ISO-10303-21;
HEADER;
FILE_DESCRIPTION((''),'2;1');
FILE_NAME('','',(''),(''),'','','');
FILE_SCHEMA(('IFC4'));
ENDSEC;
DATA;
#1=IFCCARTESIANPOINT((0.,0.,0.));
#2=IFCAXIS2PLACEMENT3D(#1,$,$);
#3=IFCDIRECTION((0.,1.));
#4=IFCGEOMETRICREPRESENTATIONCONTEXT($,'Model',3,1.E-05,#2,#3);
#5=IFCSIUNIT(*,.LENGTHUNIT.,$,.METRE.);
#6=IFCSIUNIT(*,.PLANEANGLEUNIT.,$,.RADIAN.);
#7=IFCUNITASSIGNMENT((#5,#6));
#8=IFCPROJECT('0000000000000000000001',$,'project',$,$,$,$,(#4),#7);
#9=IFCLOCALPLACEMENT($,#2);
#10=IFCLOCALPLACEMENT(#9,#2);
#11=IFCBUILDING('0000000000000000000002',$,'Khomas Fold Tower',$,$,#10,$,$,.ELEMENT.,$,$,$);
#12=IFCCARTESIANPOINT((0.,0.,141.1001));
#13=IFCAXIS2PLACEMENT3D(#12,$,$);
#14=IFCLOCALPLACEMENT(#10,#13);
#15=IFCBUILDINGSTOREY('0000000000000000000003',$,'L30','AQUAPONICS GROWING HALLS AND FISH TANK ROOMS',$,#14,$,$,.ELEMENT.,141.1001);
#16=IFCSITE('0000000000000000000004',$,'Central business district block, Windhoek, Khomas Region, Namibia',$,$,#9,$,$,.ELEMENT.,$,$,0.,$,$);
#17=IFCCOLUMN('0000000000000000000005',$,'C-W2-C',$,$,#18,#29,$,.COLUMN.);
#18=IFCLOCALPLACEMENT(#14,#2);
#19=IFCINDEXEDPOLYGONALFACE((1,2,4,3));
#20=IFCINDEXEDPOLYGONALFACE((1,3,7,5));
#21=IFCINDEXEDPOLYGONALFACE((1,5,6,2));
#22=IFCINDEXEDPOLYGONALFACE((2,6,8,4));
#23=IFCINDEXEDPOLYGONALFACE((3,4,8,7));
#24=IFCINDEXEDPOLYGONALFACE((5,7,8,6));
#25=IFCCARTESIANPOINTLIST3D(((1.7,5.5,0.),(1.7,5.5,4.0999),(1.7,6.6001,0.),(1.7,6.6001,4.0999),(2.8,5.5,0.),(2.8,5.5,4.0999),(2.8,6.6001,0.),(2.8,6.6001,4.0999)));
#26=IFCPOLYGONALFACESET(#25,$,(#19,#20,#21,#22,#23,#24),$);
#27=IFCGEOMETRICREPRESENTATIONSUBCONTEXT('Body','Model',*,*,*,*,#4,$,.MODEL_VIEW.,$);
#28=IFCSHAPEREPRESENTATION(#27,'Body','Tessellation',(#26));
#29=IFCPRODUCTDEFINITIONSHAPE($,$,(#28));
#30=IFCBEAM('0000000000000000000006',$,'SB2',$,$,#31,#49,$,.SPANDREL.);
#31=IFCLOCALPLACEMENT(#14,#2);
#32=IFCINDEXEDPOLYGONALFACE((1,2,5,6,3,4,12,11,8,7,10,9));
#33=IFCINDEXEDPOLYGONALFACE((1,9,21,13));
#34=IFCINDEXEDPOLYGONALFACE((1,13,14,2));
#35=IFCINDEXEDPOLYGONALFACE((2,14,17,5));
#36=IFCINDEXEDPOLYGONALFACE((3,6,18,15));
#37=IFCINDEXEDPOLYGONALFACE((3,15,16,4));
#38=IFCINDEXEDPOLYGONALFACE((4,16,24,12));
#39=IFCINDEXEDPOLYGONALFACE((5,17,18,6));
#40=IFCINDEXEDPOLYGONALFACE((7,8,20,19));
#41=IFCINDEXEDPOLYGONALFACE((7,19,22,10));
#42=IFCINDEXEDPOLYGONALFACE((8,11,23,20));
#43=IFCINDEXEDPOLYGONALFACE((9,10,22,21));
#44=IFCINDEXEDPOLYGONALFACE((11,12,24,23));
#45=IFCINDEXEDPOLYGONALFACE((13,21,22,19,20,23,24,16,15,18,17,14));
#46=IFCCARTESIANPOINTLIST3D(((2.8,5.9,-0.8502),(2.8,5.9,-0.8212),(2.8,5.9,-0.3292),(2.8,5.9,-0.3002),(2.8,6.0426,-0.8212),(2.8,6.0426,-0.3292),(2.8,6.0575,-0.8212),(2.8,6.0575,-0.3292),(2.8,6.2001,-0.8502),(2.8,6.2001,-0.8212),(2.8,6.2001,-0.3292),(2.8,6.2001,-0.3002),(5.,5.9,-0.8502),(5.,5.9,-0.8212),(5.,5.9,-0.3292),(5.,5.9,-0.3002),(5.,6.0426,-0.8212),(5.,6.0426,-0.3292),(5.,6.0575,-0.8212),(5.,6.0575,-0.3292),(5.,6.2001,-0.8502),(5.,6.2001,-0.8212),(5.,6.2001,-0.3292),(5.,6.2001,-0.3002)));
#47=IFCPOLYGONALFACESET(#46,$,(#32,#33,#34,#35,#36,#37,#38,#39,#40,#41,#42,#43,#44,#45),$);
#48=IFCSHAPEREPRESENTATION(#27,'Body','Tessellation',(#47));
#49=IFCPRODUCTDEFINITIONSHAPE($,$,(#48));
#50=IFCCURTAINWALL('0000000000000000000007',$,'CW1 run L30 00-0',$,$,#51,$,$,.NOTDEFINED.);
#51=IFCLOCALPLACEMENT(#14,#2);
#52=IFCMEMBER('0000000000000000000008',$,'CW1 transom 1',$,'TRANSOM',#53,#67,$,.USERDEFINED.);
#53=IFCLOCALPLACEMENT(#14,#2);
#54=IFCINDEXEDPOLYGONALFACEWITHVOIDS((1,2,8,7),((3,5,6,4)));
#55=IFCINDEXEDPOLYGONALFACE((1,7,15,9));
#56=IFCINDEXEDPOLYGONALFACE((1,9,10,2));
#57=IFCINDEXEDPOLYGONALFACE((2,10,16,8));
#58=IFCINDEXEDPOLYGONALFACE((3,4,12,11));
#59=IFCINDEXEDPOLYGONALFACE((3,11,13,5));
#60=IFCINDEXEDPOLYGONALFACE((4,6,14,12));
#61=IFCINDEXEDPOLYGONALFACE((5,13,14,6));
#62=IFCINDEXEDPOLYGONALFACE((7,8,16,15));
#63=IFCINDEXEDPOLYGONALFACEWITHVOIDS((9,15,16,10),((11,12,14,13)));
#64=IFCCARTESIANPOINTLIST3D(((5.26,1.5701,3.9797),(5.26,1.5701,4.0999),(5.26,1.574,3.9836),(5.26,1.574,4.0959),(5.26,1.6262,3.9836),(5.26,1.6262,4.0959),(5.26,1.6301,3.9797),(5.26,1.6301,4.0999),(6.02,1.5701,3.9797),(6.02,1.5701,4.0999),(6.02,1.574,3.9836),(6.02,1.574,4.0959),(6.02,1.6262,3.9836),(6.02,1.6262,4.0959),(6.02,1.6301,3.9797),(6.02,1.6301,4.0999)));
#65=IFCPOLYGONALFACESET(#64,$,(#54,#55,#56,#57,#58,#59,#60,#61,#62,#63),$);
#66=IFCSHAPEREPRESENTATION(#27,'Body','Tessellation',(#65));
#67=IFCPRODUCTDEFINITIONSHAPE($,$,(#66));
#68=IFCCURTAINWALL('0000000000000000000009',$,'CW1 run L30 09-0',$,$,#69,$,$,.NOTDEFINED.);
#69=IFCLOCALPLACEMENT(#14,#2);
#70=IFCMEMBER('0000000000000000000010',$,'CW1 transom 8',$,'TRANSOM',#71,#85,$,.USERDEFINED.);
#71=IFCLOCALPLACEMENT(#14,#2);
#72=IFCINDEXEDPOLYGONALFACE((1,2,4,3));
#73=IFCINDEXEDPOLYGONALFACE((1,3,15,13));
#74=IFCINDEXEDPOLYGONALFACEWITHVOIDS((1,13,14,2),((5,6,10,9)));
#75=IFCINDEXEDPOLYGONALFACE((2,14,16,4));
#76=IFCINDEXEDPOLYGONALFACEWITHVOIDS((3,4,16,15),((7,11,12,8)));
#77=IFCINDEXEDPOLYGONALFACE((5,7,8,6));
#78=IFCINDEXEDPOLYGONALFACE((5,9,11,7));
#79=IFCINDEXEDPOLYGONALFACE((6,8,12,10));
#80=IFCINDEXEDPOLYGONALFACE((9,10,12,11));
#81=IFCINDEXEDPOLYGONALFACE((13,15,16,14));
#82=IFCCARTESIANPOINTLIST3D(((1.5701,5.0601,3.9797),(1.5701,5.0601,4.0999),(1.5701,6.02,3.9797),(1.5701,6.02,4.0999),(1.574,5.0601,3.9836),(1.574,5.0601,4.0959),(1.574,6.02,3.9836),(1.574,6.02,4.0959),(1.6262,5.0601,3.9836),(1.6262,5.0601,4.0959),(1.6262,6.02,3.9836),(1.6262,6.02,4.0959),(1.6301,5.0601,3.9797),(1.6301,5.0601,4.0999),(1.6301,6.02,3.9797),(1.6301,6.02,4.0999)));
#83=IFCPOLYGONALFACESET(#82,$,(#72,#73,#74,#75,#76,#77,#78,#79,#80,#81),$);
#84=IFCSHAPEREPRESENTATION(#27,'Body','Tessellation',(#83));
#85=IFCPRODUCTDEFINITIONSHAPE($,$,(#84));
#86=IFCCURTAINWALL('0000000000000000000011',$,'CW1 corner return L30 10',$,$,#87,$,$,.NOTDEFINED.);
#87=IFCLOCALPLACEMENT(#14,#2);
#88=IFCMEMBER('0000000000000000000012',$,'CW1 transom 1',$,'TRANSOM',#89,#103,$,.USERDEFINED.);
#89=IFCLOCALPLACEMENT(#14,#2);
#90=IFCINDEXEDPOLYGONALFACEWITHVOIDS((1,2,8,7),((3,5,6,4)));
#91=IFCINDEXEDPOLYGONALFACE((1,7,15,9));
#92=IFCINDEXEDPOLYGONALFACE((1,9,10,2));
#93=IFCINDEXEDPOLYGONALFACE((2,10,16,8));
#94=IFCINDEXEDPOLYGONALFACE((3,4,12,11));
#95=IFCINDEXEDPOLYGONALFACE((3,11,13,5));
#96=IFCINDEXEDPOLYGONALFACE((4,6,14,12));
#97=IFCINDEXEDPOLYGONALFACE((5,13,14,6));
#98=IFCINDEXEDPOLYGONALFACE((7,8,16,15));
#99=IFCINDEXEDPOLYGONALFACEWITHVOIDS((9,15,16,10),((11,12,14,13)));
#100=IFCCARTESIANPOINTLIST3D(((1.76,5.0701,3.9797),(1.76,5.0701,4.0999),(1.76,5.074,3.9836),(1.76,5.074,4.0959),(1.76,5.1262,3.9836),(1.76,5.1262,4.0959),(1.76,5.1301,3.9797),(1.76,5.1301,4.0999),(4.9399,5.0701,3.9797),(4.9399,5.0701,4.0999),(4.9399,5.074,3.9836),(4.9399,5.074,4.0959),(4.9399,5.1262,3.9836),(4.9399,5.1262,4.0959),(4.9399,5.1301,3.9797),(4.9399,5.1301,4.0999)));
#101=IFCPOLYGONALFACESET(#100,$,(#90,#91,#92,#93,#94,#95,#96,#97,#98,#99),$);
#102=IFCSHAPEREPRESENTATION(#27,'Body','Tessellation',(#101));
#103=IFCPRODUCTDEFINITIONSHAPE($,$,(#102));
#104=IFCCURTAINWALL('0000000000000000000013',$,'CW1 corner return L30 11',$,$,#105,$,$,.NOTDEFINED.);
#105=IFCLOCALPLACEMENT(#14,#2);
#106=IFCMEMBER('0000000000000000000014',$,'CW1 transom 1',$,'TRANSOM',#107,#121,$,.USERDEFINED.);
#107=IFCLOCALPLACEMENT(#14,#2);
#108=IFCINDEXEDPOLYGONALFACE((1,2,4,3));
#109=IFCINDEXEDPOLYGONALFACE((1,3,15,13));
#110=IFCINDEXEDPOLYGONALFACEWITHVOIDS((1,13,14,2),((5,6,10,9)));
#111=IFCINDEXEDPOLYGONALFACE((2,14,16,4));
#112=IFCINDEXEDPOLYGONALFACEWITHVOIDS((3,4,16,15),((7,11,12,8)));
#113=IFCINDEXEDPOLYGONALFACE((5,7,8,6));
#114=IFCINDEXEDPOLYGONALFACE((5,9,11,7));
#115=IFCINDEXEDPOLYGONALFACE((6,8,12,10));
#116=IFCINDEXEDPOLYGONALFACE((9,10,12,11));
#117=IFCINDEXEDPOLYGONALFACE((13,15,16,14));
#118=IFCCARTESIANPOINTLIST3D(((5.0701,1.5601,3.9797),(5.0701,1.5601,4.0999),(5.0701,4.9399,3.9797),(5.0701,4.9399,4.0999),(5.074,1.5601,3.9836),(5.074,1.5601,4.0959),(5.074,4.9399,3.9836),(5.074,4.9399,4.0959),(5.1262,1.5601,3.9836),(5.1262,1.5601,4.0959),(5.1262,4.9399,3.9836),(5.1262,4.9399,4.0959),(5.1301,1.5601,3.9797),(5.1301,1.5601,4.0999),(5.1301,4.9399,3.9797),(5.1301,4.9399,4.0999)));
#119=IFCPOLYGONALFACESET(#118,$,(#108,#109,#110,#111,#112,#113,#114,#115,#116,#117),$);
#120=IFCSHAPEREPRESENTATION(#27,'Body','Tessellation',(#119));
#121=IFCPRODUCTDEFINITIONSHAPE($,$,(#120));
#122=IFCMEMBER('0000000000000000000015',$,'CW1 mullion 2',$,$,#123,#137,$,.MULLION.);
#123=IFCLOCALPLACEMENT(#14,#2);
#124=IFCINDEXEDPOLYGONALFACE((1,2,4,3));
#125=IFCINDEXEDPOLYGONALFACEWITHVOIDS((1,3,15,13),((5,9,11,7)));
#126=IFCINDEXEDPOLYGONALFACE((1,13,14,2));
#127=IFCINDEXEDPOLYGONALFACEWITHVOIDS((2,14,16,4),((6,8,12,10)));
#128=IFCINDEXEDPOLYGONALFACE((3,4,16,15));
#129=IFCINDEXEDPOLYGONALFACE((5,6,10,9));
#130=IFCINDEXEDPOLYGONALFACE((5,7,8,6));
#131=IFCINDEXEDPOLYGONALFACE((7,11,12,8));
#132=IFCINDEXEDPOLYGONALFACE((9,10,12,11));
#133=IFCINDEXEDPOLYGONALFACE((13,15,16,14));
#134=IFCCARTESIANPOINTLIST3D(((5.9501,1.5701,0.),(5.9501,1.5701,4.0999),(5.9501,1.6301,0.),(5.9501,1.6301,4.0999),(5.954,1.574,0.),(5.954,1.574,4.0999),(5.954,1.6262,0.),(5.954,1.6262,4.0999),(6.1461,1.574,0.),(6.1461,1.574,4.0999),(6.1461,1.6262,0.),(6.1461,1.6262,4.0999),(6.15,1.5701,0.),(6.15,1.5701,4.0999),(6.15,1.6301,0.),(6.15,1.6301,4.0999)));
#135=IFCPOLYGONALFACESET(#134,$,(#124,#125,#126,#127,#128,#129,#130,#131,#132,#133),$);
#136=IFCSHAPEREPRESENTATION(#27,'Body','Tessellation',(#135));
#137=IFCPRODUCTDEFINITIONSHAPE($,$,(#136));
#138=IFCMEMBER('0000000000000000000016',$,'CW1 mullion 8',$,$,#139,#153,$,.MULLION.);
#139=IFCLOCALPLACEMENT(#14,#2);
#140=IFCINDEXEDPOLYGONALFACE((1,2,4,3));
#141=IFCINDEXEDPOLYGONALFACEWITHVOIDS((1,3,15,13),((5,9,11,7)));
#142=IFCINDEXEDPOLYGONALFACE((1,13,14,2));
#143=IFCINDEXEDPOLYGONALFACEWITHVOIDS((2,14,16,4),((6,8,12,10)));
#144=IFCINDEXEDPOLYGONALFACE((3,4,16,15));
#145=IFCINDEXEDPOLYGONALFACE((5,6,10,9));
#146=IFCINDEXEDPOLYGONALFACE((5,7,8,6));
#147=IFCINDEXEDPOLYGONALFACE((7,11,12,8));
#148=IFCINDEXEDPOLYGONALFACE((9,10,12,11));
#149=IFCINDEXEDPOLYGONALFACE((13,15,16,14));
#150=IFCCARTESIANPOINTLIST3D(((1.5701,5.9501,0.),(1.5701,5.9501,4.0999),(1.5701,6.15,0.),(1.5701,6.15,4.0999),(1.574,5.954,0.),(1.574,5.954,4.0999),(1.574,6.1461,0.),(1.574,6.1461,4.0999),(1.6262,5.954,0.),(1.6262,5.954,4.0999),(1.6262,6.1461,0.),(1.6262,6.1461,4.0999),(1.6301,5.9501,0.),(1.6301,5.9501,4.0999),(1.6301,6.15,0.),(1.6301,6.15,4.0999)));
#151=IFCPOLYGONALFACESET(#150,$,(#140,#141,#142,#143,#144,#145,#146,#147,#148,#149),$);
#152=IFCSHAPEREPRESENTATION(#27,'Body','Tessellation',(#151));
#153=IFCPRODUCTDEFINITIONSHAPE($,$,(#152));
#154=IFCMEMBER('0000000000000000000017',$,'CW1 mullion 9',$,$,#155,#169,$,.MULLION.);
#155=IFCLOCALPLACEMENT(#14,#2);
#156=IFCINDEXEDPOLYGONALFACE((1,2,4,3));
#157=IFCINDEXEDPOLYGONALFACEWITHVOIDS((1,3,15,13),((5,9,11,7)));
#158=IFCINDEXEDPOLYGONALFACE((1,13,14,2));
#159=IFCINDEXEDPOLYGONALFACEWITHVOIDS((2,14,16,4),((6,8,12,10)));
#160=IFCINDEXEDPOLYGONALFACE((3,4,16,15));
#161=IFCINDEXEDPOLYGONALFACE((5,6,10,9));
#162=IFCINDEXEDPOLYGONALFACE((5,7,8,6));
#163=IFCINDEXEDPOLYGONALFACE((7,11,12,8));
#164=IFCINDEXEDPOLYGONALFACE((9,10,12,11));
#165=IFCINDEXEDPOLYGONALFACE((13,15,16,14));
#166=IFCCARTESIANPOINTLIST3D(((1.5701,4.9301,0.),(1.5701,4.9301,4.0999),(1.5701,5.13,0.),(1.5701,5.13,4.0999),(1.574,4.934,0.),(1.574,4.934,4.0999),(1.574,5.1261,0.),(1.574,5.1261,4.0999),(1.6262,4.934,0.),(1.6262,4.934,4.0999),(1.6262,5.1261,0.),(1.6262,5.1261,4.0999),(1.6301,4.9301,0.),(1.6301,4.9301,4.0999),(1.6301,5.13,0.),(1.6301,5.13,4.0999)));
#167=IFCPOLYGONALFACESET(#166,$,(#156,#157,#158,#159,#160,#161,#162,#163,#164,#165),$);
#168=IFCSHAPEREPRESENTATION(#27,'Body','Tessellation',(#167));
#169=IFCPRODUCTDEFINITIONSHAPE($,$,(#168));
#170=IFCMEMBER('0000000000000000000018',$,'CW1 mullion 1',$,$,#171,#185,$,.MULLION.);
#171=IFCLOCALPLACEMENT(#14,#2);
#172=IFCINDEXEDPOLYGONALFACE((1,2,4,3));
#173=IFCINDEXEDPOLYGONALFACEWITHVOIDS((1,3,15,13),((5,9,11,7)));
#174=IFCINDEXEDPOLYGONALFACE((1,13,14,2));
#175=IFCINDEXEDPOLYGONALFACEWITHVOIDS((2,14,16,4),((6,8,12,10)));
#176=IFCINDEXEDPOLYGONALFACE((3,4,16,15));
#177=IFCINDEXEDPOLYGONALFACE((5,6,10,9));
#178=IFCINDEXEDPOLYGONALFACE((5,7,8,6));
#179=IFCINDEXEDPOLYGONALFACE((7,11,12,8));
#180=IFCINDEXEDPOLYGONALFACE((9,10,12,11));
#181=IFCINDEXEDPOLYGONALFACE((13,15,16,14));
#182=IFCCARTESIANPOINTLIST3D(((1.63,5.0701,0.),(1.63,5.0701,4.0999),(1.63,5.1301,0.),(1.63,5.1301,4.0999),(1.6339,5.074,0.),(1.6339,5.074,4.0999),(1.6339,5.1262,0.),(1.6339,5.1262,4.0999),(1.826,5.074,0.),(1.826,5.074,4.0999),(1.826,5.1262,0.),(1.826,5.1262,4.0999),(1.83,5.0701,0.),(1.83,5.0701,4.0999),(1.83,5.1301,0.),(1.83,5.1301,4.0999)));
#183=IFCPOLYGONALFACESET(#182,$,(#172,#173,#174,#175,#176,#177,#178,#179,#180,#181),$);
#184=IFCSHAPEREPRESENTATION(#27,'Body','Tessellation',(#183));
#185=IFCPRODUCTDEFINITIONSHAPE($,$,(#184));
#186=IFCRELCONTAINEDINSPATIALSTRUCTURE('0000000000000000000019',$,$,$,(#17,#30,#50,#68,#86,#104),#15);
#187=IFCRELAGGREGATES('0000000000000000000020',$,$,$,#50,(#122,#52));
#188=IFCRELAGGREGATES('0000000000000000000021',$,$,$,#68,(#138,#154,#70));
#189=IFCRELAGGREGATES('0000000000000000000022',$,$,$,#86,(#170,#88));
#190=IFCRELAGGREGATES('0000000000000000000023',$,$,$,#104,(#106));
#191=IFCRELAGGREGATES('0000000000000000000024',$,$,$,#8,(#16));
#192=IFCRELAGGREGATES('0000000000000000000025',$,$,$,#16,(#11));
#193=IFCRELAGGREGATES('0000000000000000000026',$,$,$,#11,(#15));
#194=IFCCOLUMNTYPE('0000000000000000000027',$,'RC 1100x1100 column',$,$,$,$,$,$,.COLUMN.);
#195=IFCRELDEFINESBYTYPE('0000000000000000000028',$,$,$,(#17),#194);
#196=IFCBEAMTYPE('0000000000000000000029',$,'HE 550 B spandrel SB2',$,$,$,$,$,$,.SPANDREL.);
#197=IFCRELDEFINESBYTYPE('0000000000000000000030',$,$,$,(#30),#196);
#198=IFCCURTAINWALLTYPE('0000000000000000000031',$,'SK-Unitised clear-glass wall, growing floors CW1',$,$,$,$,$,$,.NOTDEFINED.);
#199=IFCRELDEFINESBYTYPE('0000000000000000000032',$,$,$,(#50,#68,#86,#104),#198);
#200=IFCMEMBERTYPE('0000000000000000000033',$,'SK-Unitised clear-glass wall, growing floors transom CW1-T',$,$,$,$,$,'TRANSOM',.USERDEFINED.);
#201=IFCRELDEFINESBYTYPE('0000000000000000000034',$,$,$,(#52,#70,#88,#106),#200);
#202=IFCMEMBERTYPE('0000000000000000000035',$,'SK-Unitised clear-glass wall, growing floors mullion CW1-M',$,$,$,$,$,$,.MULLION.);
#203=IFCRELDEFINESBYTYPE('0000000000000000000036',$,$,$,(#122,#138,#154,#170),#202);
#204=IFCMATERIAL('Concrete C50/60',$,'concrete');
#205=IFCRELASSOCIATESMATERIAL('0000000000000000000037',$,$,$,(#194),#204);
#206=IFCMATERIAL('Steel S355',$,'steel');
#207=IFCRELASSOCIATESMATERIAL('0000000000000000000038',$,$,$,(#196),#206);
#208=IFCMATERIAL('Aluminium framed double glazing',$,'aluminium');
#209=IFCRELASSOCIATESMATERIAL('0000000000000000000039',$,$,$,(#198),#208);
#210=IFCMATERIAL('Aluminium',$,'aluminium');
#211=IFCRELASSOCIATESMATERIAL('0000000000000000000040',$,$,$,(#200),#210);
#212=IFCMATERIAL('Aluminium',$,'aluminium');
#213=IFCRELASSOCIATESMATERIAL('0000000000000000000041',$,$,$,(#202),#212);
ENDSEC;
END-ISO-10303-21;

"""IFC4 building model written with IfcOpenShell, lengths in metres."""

from ifc_helpers import new_model, si_unit, direction, frame, origin, origin_2d, place, context, subcontext, project, spatial, rectangle, hollow_rectangle, i_section, extrude, source, transform, mapped, material, material_profile, profile_set, type_object, element, aggregate, save


model = new_model("IFC4")

# Units and contexts
model_context = context("Model", 3, precision=1e-05, world=origin(), true_north=direction((0.0, 1.0)))
body_context = subcontext(model_context, "Body", "Model", "MODEL_VIEW")
ifc_project = project(units=[si_unit("LENGTHUNIT", "METRE"), si_unit("PLANEANGLEUNIT", "RADIAN")], contexts=[model_context])

# Site, building, storey
site_placement = place(None, origin())
site = spatial("IfcSite", under=ifc_project, at=site_placement, Name="Central business district block, Windhoek, Khomas Region, Namibia", CompositionType="ELEMENT", RefElevation=0.0)
building_placement = place(site_placement, origin())
building = spatial("IfcBuilding", under=site, at=building_placement, Name="Khomas Fold Tower", CompositionType="ELEMENT")
storey_placement = place(building_placement, frame((0.0, 0.0, 141.1001)))
storey = spatial("IfcBuildingStorey", under=building, at=storey_placement, Name="L30", Description="AQUAPONICS GROWING HALLS AND FISH TANK ROOMS", CompositionType="ELEMENT", Elevation=141.1001)

# Column
ifc_material_1 = material(Name="Concrete C50/60", Category="concrete")
ifc_material_profile_1 = material_profile(ifc_material_1, rectangle(XDim=1.1001, YDim=1.1001, at=origin_2d()), Name="RC 1100x1100")
ifc_profile_set_1 = profile_set([ifc_material_profile_1], Name="Concrete C50/60")
column_type = type_object("IfcColumnType", Name="RC 1100x1100 column", PredefinedType="COLUMN", material=ifc_profile_set_1)
shared_shape_1 = source(origin(), body_context, "Body", "SweptSolid", [
    extrude(rectangle(XDim=1.1001, YDim=1.1001, at=origin_2d()), origin(), (0.0, 0.0, 1.0), 4.0999),
])
column_placement = place(storey_placement, frame((2.25, 6.05, 0.0), z_axis=(0.0, 0.0, 1.0), x_axis=(1.0, 0.0, 0.0)))
element("IfcColumn", 1, at=column_placement, inside=storey, type_object=column_type, Name="C-W2-C", PredefinedType="COLUMN", context=body_context, shape_type="MappedRepresentation", body=[
    mapped(shared_shape_1, transform((0.0, 0.0, 0.0))),
])

# Beam
ifc_material_2 = material(Name="Steel S355", Category="steel")
ifc_material_profile_2 = material_profile(ifc_material_2, i_section(OverallWidth=0.3, OverallDepth=0.55, WebThickness=0.0149, FlangeThickness=0.0291, at=origin_2d()), Name="HE 550 B")
ifc_profile_set_2 = profile_set([ifc_material_profile_2], Name="Steel S355")
beam_type = type_object("IfcBeamType", Name="HE 550 B spandrel SB2", PredefinedType="SPANDREL", material=ifc_profile_set_2)
shared_shape_2 = source(origin(), body_context, "Body", "SweptSolid", [
    extrude(i_section(OverallWidth=0.3, OverallDepth=0.55, WebThickness=0.0149, FlangeThickness=0.0291, at=origin_2d()), origin(), (0.0, 0.0, 1.0), 2.2),
])
beam_placement = place(storey_placement, frame((2.8, 6.05, -0.5752), z_axis=(1.0, 0.0, 0.0), x_axis=(0.0, 1.0, 0.0)))
element("IfcBeam", 2, at=beam_placement, inside=storey, type_object=beam_type, Name="SB2", PredefinedType="SPANDREL", context=body_context, shape_type="MappedRepresentation", body=[
    mapped(shared_shape_2, transform((0.0, 0.0, 0.0))),
])

# Curtain walls, members
ifc_material_3 = material(Name="Aluminium framed double glazing", Category="aluminium")
curtain_wall_type = type_object("IfcCurtainWallType", Name="SK-Unitised clear-glass wall, growing floors CW1", PredefinedType="NOTDEFINED", material=ifc_material_3)
curtain_wall_1_placement = place(storey_placement, origin())
curtain_wall_1 = element("IfcCurtainWall", 3, at=curtain_wall_1_placement, inside=storey, type_object=curtain_wall_type, Name="CW1 run L30 00-0", PredefinedType="NOTDEFINED")
ifc_material_4 = material(Name="Aluminium", Category="aluminium")
ifc_material_profile_3 = material_profile(ifc_material_4, hollow_rectangle(XDim=0.0601, YDim=0.1201, WallThickness=0.0039, at=origin_2d()), Name="SK-Unitised clear-glass wall, growing floors transom CW1-T")
ifc_profile_set_3 = profile_set([ifc_material_profile_3], Name="Aluminium")
member_type_1 = type_object("IfcMemberType", Name="SK-Unitised clear-glass wall, growing floors transom CW1-T", ElementType="TRANSOM", PredefinedType="USERDEFINED", material=ifc_profile_set_3)
shared_shape_3 = source(origin(), body_context, "Body", "SweptSolid", [
    extrude(hollow_rectangle(XDim=0.0601, YDim=0.1201, WallThickness=0.0039, at=origin_2d()), origin(), (0.0, 0.0, 1.0), 0.76),
])
member_1_placement = place(storey_placement, frame((5.26, 1.6001, 4.0398), z_axis=(1.0, 0.0, 0.0), x_axis=(0.0, 1.0, 0.0)))
member_1 = element("IfcMember", 4, at=member_1_placement, type_object=member_type_1, Name="CW1 transom 1", ObjectType="TRANSOM", PredefinedType="USERDEFINED", context=body_context, shape_type="MappedRepresentation", body=[
    mapped(shared_shape_3, transform((0.0, 0.0, 0.0))),
])
curtain_wall_2_placement = place(storey_placement, origin())
curtain_wall_2 = element("IfcCurtainWall", 5, at=curtain_wall_2_placement, inside=storey, type_object=curtain_wall_type, Name="CW1 run L30 09-0", PredefinedType="NOTDEFINED")
shared_shape_4 = source(origin(), body_context, "Body", "SweptSolid", [
    extrude(hollow_rectangle(XDim=0.0601, YDim=0.1201, WallThickness=0.0039, at=origin_2d()), origin(), (0.0, 0.0, 1.0), 0.96),
])
member_2_placement = place(storey_placement, frame((1.6001, 6.02, 4.0398), z_axis=(0.0, -1.0, 0.0), x_axis=(1.0, 0.0, 0.0)))
member_2 = element("IfcMember", 6, at=member_2_placement, type_object=member_type_1, Name="CW1 transom 8", ObjectType="TRANSOM", PredefinedType="USERDEFINED", context=body_context, shape_type="MappedRepresentation", body=[
    mapped(shared_shape_4, transform((0.0, 0.0, 0.0))),
])
curtain_wall_3_placement = place(storey_placement, origin())
curtain_wall_3 = element("IfcCurtainWall", 7, at=curtain_wall_3_placement, inside=storey, type_object=curtain_wall_type, Name="CW1 corner return L30 10", PredefinedType="NOTDEFINED")
shared_shape_5 = source(origin(), body_context, "Body", "SweptSolid", [
    extrude(hollow_rectangle(XDim=0.0601, YDim=0.1201, WallThickness=0.0039, at=origin_2d()), origin(), (0.0, 0.0, 1.0), 3.1799),
])
member_3_placement = place(storey_placement, frame((1.76, 5.1001, 4.0398), z_axis=(1.0, 0.0, 0.0), x_axis=(0.0, 1.0, 0.0)))
member_3 = element("IfcMember", 8, at=member_3_placement, type_object=member_type_1, Name="CW1 transom 1", ObjectType="TRANSOM", PredefinedType="USERDEFINED", context=body_context, shape_type="MappedRepresentation", body=[
    mapped(shared_shape_5, transform((0.0, 0.0, 0.0))),
])
curtain_wall_4_placement = place(storey_placement, origin())
curtain_wall_4 = element("IfcCurtainWall", 9, at=curtain_wall_4_placement, inside=storey, type_object=curtain_wall_type, Name="CW1 corner return L30 11", PredefinedType="NOTDEFINED")
shared_shape_6 = source(origin(), body_context, "Body", "SweptSolid", [
    extrude(hollow_rectangle(XDim=0.0601, YDim=0.1201, WallThickness=0.0039, at=origin_2d()), origin(), (0.0, 0.0, 1.0), 3.3799),
])
member_4_placement = place(storey_placement, frame((5.1001, 4.9399, 4.0398), z_axis=(0.0, -1.0, 0.0), x_axis=(1.0, 0.0, 0.0)))
member_4 = element("IfcMember", 10, at=member_4_placement, type_object=member_type_1, Name="CW1 transom 1", ObjectType="TRANSOM", PredefinedType="USERDEFINED", context=body_context, shape_type="MappedRepresentation", body=[
    mapped(shared_shape_6, transform((0.0, 0.0, 0.0))),
])

# Members
ifc_material_5 = material(Name="Aluminium", Category="aluminium")
ifc_material_profile_4 = material_profile(ifc_material_5, hollow_rectangle(XDim=0.0601, YDim=0.2, WallThickness=0.0039, at=origin_2d()), Name="SK-Unitised clear-glass wall, growing floors mullion CW1-M")
ifc_profile_set_4 = profile_set([ifc_material_profile_4], Name="Aluminium")
member_type_2 = type_object("IfcMemberType", Name="SK-Unitised clear-glass wall, growing floors mullion CW1-M", PredefinedType="MULLION", material=ifc_profile_set_4)
shared_shape_7 = source(origin(), body_context, "Body", "SweptSolid", [
    extrude(hollow_rectangle(XDim=0.0601, YDim=0.2, WallThickness=0.0039, at=origin_2d()), origin(), (0.0, 0.0, 1.0), 4.0999),
])
member_5_placement = place(storey_placement, frame((6.05, 1.6001, 0.0), z_axis=(0.0, 0.0, 1.0), x_axis=(0.0, 1.0, 0.0)))
member_5 = element("IfcMember", 11, at=member_5_placement, type_object=member_type_2, Name="CW1 mullion 2", PredefinedType="MULLION", context=body_context, shape_type="MappedRepresentation", body=[
    mapped(shared_shape_7, transform((0.0, 0.0, 0.0))),
])
member_6_placement = place(storey_placement, frame((1.6001, 6.05, 0.0), z_axis=(0.0, 0.0, 1.0), x_axis=(1.0, 0.0, 0.0)))
member_6 = element("IfcMember", 12, at=member_6_placement, type_object=member_type_2, Name="CW1 mullion 8", PredefinedType="MULLION", context=body_context, shape_type="MappedRepresentation", body=[
    mapped(shared_shape_7, transform((0.0, 0.0, 0.0))),
])
member_7_placement = place(storey_placement, frame((1.6001, 5.03, 0.0), z_axis=(0.0, 0.0, 1.0), x_axis=(1.0, 0.0, 0.0)))
member_7 = element("IfcMember", 13, at=member_7_placement, type_object=member_type_2, Name="CW1 mullion 9", PredefinedType="MULLION", context=body_context, shape_type="MappedRepresentation", body=[
    mapped(shared_shape_7, transform((0.0, 0.0, 0.0))),
])
member_8_placement = place(storey_placement, frame((1.73, 5.1001, 0.0), z_axis=(0.0, 0.0, 1.0), x_axis=(0.0, 1.0, 0.0)))
member_8 = element("IfcMember", 14, at=member_8_placement, type_object=member_type_2, Name="CW1 mullion 1", PredefinedType="MULLION", context=body_context, shape_type="MappedRepresentation", body=[
    mapped(shared_shape_7, transform((0.0, 0.0, 0.0))),
])

aggregate(curtain_wall_1, [member_5, member_1])
aggregate(curtain_wall_2, [member_6, member_7, member_2])
aggregate(curtain_wall_3, [member_8, member_3])
aggregate(curtain_wall_4, [member_4])

save(model, "model.ifc")
